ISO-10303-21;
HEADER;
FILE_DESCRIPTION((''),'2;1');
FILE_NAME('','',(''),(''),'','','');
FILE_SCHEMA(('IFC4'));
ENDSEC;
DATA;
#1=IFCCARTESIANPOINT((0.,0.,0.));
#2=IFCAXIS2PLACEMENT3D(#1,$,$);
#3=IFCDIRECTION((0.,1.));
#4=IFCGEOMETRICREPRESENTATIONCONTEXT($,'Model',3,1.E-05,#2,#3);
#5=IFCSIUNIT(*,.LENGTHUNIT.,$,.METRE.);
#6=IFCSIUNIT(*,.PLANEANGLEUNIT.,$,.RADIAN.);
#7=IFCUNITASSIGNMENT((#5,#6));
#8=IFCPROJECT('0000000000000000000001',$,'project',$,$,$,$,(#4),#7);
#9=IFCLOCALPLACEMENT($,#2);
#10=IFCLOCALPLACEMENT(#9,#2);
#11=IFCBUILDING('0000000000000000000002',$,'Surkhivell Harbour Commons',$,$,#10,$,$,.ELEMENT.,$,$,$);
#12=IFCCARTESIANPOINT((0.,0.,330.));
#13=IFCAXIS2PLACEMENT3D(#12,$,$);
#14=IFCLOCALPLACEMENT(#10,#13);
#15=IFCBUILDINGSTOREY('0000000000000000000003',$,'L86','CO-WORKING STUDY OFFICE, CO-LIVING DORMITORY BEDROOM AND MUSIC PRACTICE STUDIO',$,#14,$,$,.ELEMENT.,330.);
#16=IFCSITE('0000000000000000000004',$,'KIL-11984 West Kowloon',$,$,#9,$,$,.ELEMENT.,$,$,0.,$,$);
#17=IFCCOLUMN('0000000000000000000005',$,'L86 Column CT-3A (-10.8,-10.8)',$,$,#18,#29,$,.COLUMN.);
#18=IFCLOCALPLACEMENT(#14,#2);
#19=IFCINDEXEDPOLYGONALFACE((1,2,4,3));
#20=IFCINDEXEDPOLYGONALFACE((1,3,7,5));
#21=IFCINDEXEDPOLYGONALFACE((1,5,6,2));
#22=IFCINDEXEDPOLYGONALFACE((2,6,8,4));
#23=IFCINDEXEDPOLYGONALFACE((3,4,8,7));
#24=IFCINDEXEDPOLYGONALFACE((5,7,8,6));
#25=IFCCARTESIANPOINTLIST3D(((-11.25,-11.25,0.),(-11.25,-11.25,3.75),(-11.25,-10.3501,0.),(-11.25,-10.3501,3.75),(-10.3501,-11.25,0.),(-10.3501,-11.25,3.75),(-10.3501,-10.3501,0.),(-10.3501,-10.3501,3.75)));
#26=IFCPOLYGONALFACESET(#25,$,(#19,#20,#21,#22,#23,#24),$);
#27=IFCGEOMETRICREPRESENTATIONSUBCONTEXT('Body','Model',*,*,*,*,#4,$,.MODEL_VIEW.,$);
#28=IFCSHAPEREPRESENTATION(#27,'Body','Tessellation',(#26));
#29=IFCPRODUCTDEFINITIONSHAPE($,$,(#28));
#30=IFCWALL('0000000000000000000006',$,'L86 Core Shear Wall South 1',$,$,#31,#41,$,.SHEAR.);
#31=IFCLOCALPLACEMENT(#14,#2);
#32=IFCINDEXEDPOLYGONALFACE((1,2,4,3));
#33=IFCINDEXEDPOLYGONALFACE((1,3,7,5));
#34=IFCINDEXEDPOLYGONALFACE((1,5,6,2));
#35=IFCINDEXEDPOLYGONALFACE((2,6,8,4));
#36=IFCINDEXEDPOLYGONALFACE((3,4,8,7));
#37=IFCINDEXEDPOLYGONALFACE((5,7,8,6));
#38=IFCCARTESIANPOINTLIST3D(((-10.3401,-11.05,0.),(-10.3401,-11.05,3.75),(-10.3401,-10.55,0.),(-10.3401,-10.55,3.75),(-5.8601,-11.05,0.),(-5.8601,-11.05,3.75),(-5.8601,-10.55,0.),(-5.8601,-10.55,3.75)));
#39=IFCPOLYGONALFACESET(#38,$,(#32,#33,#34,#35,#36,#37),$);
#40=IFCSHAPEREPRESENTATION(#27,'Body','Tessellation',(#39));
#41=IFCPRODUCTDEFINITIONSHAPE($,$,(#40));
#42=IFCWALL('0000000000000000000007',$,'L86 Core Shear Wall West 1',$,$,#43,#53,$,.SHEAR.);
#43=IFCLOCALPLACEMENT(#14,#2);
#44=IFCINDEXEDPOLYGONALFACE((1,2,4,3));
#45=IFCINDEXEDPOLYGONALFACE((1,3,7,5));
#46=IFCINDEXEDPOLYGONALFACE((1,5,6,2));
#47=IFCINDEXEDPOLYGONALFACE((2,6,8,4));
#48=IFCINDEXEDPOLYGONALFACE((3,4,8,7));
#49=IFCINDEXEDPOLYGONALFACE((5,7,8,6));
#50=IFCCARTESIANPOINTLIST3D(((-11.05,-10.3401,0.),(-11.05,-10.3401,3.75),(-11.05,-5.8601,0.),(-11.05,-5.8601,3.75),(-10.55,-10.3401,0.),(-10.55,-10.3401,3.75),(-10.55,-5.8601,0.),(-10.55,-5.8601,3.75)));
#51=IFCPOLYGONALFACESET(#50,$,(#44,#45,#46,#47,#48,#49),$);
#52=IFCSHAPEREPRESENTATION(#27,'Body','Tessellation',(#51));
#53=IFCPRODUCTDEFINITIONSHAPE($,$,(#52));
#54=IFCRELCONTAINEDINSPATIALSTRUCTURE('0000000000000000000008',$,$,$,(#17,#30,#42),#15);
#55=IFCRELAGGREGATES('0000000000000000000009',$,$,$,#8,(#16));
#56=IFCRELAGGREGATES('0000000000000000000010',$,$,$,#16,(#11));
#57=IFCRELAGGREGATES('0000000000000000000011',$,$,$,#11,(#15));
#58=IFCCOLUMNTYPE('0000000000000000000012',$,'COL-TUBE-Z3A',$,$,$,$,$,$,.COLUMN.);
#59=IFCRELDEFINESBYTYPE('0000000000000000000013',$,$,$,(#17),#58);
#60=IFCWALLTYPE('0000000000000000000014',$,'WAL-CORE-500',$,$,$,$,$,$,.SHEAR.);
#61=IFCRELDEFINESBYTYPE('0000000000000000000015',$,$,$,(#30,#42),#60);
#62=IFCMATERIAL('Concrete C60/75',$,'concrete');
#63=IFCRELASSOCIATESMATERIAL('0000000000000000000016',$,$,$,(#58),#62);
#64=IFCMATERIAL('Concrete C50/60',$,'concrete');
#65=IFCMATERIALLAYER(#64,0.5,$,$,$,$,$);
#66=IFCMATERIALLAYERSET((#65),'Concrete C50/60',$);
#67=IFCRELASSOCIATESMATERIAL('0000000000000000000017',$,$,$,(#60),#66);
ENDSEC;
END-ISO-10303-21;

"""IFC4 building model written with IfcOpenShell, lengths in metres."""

from ifc_helpers import new_model, si_unit, direction, frame, frame_2d, origin, origin_2d, place, context, subcontext, project, spatial, rectangle, extrude, material, layer, layer_set, material_profile, profile_set, type_object, element, save


model = new_model("IFC4")

# Units and contexts
model_context = context("Model", 3, precision=1e-05, world=origin(), true_north=direction((0.0, 1.0)))
body_context = subcontext(model_context, "Body", "Model", "MODEL_VIEW")
ifc_project = project(units=[si_unit("LENGTHUNIT", "METRE"), si_unit("PLANEANGLEUNIT", "RADIAN")], contexts=[model_context])

# Site, building, storey
site_placement = place(None, origin())
site = spatial("IfcSite", under=ifc_project, at=site_placement, Name="KIL-11984 West Kowloon", CompositionType="ELEMENT", RefElevation=0.0)
building_placement = place(site_placement, origin())
building = spatial("IfcBuilding", under=site, at=building_placement, Name="Surkhivell Harbour Commons", CompositionType="ELEMENT")
storey_placement = place(building_placement, frame((0.0, 0.0, 330.0)))
storey = spatial("IfcBuildingStorey", under=building, at=storey_placement, Name="L86", Description="CO-WORKING STUDY OFFICE, CO-LIVING DORMITORY BEDROOM AND MUSIC PRACTICE STUDIO", CompositionType="ELEMENT", Elevation=330.0)

# Column
ifc_material_1 = material(Name="Concrete C60/75", Category="concrete")
ifc_material_profile = material_profile(ifc_material_1, rectangle(XDim=0.8999, YDim=0.8999, at=origin_2d()), Name="RC-COL-900x900")
ifc_profile_set = profile_set([ifc_material_profile], Name="Concrete C60/75")
column_type = type_object("IfcColumnType", Name="COL-TUBE-Z3A", PredefinedType="COLUMN", material=ifc_profile_set)
column_placement = place(storey_placement, frame((-10.8, -10.8, 0.0), z_axis=(0.0, 0.0, 1.0), x_axis=(1.0, 0.0, 0.0)))
element("IfcColumn", 1, at=column_placement, inside=storey, type_object=column_type, Name="L86 Column CT-3A (-10.8,-10.8)", PredefinedType="COLUMN", context=body_context, shape_type="SweptSolid", body=[
    extrude(rectangle(XDim=0.8999, YDim=0.8999, at=origin_2d()), origin(), (0.0, 0.0, 1.0), 3.75),
])

# Walls
ifc_material_2 = material(Name="Concrete C50/60", Category="concrete")
ifc_layer_1 = layer(ifc_material_2, 0.5)
ifc_layer_set_1 = layer_set([ifc_layer_1], Name="Concrete C50/60")
wall_type_1 = type_object("IfcWallType", Name="WAL-CORE-500", PredefinedType="SHEAR", material=ifc_layer_set_1)
for number, where, z_axis, x_axis, name in (
    (2, (-10.3401, -10.8, 0.0), (0.0, 0.0, 1.0), (1.0, 0.0, 0.0), "L86 Core Shear Wall South 1"),
    (3, (-10.8, -10.3401, 0.0), (0.0, 0.0, 1.0), (0.0, 1.0, 0.0), "L86 Core Shear Wall West 1"),
):
    element("IfcWall", number, at=place(storey_placement, frame(where, z_axis=z_axis, x_axis=x_axis)), inside=storey, type_object=wall_type_1, Name=name, PredefinedType="SHEAR", context=body_context, shape_type="SweptSolid", body=[
        extrude(rectangle(XDim=4.48, YDim=0.5, at=frame_2d((2.24, 0.0))), origin(), (0.0, 0.0, 1.0), 3.75),
    ])

save(model, "model.ifc")
